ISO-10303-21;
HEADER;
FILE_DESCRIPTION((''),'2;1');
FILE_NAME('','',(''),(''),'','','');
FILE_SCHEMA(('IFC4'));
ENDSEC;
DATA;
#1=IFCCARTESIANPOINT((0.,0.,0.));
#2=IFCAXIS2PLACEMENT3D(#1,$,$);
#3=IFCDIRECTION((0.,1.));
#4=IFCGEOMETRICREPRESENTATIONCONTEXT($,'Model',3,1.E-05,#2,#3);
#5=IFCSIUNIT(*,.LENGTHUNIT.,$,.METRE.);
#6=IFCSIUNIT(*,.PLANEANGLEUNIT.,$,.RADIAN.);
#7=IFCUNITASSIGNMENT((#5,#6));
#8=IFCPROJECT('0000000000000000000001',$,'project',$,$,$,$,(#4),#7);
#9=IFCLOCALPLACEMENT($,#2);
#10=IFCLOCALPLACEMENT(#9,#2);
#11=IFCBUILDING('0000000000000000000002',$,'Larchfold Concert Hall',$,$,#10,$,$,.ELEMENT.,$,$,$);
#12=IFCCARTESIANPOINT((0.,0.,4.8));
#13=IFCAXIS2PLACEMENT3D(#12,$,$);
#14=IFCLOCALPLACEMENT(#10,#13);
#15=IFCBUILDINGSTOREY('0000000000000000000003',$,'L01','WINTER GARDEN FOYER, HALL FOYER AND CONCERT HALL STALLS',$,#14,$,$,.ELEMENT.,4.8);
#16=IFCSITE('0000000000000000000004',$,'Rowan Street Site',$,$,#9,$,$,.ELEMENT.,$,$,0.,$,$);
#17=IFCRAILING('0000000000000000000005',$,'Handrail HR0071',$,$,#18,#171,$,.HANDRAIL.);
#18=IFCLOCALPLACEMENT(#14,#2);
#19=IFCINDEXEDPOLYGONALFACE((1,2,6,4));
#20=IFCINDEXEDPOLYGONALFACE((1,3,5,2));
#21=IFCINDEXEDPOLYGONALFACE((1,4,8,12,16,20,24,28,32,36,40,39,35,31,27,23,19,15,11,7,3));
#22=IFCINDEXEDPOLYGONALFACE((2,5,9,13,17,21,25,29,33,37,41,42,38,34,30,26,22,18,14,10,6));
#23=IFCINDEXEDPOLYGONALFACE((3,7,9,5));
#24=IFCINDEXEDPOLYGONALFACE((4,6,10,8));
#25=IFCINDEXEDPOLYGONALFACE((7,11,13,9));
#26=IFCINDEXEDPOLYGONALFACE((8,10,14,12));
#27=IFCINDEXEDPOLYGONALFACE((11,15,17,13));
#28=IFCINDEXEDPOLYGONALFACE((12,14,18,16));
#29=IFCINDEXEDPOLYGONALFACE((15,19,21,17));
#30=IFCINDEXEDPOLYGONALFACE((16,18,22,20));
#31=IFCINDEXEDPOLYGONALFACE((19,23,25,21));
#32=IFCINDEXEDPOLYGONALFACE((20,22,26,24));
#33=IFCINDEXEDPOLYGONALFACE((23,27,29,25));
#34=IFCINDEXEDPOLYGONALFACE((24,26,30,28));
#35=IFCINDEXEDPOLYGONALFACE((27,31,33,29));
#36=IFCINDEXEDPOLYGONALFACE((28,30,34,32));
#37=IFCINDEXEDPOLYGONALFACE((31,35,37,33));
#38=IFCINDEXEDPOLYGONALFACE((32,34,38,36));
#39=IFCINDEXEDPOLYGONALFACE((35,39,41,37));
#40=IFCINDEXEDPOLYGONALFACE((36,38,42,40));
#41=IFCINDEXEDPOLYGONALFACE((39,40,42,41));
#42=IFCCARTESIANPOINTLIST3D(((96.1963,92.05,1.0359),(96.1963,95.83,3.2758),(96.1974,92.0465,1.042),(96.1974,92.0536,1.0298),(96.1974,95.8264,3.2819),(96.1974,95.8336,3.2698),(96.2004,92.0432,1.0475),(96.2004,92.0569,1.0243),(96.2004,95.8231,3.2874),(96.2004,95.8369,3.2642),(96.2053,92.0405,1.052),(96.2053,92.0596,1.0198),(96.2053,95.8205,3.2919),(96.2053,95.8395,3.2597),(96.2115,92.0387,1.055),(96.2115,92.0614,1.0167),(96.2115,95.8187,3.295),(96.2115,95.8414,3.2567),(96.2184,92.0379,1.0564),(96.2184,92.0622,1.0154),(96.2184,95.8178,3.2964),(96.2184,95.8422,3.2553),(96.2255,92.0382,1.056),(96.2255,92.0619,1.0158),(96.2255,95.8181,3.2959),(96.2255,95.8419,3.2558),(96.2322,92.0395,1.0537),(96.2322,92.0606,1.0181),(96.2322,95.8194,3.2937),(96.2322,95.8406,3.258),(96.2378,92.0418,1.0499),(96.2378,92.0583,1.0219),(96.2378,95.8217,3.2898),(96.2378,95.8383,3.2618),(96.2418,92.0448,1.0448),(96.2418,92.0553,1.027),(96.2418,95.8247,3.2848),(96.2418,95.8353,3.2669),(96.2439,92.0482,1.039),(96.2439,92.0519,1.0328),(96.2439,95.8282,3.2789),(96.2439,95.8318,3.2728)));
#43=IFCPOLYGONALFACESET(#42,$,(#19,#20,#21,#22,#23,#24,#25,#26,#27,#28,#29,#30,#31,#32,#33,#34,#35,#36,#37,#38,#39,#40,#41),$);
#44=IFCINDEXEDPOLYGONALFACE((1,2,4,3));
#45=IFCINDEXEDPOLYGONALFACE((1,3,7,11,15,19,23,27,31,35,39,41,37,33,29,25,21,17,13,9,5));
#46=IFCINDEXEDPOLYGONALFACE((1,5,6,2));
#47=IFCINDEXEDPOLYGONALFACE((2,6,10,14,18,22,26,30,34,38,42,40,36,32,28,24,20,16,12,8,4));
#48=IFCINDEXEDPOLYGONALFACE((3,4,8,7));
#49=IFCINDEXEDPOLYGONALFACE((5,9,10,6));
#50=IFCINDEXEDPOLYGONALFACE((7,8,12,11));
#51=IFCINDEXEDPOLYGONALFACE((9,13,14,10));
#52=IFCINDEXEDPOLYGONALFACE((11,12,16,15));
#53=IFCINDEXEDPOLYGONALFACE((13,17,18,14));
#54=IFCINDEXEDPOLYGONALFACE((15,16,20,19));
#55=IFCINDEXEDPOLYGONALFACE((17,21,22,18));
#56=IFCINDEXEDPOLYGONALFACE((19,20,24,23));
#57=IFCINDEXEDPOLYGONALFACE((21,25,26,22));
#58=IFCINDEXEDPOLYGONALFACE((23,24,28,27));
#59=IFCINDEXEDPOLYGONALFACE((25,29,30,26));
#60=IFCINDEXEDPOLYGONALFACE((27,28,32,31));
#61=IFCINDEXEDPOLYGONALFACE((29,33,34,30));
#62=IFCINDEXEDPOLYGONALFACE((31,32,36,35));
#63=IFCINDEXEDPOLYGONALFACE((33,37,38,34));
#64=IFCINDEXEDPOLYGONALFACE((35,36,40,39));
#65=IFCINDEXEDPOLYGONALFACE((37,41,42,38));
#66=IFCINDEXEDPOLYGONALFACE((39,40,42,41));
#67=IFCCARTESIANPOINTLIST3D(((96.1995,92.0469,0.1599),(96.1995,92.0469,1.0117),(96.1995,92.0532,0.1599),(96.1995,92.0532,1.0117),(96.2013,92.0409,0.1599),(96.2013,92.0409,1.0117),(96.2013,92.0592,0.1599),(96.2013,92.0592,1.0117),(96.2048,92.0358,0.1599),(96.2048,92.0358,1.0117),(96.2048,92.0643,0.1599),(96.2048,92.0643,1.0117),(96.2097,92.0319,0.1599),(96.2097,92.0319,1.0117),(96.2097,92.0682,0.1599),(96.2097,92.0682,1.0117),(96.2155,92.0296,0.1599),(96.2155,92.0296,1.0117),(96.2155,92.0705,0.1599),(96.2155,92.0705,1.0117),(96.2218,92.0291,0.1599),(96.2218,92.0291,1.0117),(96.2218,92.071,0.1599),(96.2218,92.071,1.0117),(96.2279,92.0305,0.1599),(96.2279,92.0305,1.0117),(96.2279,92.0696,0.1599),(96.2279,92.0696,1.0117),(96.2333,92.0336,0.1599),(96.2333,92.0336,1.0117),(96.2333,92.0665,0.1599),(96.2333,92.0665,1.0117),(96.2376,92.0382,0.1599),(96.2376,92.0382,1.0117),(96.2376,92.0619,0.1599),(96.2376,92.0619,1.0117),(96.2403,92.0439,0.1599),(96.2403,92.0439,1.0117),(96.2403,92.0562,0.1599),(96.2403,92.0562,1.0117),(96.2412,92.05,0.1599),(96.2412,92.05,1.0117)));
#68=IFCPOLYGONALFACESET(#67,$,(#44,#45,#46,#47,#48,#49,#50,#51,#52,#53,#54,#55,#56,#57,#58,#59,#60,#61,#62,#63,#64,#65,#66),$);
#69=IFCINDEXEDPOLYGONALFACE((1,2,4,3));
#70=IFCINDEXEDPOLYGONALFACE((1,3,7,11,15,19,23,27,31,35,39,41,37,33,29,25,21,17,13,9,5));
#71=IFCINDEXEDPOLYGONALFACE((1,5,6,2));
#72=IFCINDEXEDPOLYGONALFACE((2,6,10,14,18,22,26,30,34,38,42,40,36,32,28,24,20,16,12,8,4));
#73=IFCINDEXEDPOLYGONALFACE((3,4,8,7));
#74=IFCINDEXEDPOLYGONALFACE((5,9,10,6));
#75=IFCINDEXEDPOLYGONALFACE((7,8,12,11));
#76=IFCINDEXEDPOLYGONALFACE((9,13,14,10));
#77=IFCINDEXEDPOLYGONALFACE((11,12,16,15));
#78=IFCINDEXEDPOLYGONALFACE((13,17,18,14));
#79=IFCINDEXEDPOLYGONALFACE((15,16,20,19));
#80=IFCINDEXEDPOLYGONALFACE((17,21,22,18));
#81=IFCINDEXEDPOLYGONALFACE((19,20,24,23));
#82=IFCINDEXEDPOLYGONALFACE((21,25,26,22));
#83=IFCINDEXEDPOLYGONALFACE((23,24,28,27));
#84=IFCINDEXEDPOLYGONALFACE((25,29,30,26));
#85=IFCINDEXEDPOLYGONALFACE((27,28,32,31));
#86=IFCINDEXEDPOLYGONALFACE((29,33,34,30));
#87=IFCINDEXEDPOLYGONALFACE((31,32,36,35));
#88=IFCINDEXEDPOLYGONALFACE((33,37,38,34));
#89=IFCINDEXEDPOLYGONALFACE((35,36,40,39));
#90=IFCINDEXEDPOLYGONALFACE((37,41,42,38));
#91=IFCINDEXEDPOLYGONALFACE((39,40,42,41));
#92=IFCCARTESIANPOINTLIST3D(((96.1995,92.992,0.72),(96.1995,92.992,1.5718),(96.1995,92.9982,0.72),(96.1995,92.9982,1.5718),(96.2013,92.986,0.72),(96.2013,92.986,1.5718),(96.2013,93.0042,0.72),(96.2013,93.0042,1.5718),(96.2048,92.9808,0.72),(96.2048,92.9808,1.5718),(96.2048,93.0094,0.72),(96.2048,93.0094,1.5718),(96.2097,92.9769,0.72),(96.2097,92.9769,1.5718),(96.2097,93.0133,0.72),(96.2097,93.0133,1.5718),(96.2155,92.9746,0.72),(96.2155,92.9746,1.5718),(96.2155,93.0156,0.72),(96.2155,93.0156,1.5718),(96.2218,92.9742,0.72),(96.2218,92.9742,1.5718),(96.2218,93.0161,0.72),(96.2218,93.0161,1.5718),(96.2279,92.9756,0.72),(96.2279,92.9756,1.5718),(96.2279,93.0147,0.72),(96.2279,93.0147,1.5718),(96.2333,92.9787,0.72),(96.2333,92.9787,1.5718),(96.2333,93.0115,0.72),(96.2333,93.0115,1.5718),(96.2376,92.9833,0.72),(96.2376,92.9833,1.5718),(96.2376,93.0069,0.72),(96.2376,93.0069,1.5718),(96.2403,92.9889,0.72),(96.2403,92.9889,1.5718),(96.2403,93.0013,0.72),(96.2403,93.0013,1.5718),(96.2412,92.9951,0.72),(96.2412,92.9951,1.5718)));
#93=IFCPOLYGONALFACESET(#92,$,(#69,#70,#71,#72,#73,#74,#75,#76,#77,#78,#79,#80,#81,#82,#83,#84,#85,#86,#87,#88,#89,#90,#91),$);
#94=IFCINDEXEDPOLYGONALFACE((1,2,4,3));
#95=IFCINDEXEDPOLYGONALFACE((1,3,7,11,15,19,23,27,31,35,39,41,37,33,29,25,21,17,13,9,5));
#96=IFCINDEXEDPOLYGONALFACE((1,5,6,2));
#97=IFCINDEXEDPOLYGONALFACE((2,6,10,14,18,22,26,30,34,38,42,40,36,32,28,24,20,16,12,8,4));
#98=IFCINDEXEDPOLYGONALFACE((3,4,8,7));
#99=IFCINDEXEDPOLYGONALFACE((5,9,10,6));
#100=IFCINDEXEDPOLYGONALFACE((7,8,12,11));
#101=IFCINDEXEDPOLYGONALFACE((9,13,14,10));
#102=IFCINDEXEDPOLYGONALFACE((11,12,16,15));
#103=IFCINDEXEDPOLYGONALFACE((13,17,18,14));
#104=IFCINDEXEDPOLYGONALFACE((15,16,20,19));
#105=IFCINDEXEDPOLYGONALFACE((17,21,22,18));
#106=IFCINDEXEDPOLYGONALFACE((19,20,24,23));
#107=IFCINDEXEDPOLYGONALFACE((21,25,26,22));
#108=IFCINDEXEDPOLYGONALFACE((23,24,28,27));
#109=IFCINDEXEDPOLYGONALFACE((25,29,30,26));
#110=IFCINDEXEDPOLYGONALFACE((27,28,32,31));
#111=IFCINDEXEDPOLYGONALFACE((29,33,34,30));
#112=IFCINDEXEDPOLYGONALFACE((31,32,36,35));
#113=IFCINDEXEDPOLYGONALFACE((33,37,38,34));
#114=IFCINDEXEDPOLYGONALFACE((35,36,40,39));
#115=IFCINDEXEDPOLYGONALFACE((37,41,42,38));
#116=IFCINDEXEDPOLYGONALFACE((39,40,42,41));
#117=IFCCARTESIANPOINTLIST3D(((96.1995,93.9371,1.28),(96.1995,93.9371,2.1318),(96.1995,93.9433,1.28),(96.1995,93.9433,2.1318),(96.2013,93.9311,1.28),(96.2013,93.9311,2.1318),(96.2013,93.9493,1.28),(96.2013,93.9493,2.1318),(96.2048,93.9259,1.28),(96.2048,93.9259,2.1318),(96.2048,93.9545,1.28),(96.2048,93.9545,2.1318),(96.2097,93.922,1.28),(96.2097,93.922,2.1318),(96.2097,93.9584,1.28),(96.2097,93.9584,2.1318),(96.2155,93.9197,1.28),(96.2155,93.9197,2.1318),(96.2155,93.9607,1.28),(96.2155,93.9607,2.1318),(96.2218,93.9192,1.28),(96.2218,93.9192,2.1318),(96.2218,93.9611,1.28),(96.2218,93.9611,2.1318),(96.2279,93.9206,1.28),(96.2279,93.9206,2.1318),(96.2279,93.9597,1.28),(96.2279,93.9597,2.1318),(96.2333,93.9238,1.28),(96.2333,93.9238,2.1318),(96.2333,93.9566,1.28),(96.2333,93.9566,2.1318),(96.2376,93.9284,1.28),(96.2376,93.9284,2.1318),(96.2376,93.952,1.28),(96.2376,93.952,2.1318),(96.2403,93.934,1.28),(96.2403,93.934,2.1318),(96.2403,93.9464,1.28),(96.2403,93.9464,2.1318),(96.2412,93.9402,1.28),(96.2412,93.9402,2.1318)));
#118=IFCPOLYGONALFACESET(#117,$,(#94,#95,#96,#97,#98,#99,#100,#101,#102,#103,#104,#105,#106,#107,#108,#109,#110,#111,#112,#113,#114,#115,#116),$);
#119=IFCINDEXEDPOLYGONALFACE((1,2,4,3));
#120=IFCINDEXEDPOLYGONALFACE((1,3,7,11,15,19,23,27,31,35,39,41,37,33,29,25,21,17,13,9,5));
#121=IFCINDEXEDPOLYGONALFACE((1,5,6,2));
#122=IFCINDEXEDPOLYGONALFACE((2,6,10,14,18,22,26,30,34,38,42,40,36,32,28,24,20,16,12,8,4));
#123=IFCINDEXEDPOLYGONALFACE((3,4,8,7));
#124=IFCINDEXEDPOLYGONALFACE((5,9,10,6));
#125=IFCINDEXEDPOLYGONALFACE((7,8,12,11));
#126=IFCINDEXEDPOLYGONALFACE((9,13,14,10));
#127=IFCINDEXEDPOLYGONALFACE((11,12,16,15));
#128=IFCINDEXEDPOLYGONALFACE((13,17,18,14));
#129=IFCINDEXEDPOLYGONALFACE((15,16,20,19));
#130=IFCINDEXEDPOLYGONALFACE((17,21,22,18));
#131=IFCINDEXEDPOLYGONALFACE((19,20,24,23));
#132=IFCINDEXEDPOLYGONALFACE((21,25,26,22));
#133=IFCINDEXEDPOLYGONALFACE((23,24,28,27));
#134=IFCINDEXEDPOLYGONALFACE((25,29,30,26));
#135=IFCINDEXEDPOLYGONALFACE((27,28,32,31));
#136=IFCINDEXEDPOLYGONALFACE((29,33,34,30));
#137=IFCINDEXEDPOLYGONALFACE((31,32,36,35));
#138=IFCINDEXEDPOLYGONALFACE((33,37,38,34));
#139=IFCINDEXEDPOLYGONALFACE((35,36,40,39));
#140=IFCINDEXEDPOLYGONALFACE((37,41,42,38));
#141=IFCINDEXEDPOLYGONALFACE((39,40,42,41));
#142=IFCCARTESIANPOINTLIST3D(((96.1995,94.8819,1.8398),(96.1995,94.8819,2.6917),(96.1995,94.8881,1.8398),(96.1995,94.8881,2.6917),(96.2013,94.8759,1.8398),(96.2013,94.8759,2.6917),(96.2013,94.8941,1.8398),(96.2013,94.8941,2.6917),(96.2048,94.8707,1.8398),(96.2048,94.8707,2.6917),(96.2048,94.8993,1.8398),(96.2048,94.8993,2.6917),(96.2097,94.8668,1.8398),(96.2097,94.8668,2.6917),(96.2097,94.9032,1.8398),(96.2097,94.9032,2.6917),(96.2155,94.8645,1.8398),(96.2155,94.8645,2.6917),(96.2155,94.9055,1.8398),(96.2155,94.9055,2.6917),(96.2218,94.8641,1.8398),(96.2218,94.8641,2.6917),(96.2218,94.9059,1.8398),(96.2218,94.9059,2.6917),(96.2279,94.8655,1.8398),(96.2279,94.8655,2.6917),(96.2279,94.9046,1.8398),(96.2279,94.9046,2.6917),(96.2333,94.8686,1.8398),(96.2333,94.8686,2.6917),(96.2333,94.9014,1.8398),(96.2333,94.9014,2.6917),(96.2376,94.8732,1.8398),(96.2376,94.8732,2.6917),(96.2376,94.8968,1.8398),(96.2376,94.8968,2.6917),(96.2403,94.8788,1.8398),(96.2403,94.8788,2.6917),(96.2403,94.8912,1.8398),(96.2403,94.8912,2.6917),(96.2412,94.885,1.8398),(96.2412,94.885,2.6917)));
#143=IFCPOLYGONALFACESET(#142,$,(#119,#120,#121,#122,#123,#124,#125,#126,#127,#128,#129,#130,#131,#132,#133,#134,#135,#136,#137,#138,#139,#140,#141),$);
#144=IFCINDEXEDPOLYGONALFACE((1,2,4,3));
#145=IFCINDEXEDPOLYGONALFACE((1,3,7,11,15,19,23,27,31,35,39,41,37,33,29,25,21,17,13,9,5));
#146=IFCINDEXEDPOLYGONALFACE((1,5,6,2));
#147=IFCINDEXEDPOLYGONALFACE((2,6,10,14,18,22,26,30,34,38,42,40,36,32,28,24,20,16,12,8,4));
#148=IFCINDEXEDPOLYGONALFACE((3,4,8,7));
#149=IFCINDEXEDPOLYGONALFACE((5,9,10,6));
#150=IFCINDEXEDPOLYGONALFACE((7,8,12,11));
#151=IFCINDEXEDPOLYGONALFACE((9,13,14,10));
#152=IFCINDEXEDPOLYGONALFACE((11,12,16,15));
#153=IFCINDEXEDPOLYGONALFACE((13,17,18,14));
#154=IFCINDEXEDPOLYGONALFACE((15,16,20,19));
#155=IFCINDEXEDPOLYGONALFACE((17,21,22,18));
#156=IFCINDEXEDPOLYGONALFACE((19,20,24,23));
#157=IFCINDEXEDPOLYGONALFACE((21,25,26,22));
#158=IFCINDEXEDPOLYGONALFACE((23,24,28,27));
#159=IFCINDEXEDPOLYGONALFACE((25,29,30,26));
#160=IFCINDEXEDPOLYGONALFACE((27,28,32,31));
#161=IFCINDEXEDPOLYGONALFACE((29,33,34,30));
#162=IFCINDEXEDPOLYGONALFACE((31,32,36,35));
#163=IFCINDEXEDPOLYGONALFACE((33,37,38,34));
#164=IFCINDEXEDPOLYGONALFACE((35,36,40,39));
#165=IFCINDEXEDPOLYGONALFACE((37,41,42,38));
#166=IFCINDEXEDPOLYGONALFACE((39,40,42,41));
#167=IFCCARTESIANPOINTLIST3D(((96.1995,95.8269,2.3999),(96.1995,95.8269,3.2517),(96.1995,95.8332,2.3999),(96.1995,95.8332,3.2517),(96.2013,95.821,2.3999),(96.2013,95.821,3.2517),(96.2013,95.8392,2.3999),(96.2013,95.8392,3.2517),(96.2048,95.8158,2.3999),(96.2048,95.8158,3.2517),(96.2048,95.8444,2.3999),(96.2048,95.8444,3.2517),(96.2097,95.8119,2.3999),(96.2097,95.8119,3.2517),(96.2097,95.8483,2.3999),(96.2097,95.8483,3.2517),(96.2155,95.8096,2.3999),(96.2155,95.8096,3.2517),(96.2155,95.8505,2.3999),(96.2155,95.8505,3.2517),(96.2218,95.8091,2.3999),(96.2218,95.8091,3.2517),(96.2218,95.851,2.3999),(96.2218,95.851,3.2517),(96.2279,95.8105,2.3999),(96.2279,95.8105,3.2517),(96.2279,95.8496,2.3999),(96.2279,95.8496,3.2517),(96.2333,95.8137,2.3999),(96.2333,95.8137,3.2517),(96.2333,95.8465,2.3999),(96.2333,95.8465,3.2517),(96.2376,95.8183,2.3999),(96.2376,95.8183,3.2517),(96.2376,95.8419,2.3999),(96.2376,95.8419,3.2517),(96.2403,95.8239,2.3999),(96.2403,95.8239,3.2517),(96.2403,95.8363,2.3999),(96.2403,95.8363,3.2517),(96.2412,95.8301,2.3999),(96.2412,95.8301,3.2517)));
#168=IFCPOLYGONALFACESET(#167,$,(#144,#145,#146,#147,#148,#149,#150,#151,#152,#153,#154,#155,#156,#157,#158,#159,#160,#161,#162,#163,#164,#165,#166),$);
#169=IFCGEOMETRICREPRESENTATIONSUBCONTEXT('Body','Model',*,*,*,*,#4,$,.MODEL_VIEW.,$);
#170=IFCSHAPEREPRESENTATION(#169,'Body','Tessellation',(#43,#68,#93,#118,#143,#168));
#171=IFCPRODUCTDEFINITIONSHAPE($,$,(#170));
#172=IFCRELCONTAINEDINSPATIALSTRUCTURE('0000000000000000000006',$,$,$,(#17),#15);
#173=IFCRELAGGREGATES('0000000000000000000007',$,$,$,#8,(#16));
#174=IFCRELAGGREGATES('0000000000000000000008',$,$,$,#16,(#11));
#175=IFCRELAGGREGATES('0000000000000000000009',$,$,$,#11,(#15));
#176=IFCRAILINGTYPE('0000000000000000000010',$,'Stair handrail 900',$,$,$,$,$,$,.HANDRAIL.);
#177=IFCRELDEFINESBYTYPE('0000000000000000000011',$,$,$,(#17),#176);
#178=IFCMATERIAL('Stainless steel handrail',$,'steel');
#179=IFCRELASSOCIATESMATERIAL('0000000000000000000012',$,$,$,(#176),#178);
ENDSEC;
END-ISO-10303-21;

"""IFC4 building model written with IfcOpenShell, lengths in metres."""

from ifc_helpers import new_model, si_unit, direction, frame, origin, origin_2d, place, context, subcontext, project, spatial, circle, extrude, material, type_object, element, save


model = new_model("IFC4")

# Units and contexts
model_context = context("Model", 3, precision=1e-05, world=origin(), true_north=direction((0.0, 1.0)))
body_context = subcontext(model_context, "Body", "Model", "MODEL_VIEW")
ifc_project = project(units=[si_unit("LENGTHUNIT", "METRE"), si_unit("PLANEANGLEUNIT", "RADIAN")], contexts=[model_context])

# Site, building, storey
site_placement = place(None, origin())
site = spatial("IfcSite", under=ifc_project, at=site_placement, Name="Rowan Street Site", CompositionType="ELEMENT", RefElevation=0.0)
building_placement = place(site_placement, origin())
building = spatial("IfcBuilding", under=site, at=building_placement, Name="Larchfold Concert Hall", CompositionType="ELEMENT")
storey_placement = place(building_placement, frame((0.0, 0.0, 4.8)))
storey = spatial("IfcBuildingStorey", under=building, at=storey_placement, Name="L01", Description="WINTER GARDEN FOYER, HALL FOYER AND CONCERT HALL STALLS", CompositionType="ELEMENT", Elevation=4.8)

# Railing
ifc_material_1 = material(Name="Stainless steel handrail", Category="steel")
railing_type_1 = type_object("IfcRailingType", Name="Stair handrail 900", PredefinedType="HANDRAIL", material=ifc_material_1)
railing_1_placement = place(storey_placement, frame((96.2202, 92.05, 0.1599)))
element("IfcRailing", 1, at=railing_1_placement, inside=storey, type_object=railing_type_1, Name="Handrail HR0071", PredefinedType="HANDRAIL", context=body_context, shape_type="SweptSolid", body=[
    extrude(circle(Radius=0.0239, at=origin_2d()), frame((0.0, 0.0, 0.876), z_axis=(0.0, 0.860294, 0.509798), x_axis=(-1.0, 0.0, 0.0)), (0.0, 0.0, 1.0), 4.3938),
    extrude(circle(Radius=0.021, at=origin_2d()), origin(), (0.0, 0.0, 1.0), 0.8518),
    extrude(circle(Radius=0.021, at=origin_2d()), frame((0.0, 0.9451, 0.5601)), (0.0, 0.0, 1.0), 0.8518),
    extrude(circle(Radius=0.021, at=origin_2d()), frame((0.0, 1.8901, 1.1201)), (0.0, 0.0, 1.0), 0.8518),
    extrude(circle(Radius=0.021, at=origin_2d()), frame((0.0, 2.835, 1.6799)), (0.0, 0.0, 1.0), 0.8518),
    extrude(circle(Radius=0.021, at=origin_2d()), frame((0.0, 3.78, 2.24)), (0.0, 0.0, 1.0), 0.8518),
])

save(model, "model.ifc")
